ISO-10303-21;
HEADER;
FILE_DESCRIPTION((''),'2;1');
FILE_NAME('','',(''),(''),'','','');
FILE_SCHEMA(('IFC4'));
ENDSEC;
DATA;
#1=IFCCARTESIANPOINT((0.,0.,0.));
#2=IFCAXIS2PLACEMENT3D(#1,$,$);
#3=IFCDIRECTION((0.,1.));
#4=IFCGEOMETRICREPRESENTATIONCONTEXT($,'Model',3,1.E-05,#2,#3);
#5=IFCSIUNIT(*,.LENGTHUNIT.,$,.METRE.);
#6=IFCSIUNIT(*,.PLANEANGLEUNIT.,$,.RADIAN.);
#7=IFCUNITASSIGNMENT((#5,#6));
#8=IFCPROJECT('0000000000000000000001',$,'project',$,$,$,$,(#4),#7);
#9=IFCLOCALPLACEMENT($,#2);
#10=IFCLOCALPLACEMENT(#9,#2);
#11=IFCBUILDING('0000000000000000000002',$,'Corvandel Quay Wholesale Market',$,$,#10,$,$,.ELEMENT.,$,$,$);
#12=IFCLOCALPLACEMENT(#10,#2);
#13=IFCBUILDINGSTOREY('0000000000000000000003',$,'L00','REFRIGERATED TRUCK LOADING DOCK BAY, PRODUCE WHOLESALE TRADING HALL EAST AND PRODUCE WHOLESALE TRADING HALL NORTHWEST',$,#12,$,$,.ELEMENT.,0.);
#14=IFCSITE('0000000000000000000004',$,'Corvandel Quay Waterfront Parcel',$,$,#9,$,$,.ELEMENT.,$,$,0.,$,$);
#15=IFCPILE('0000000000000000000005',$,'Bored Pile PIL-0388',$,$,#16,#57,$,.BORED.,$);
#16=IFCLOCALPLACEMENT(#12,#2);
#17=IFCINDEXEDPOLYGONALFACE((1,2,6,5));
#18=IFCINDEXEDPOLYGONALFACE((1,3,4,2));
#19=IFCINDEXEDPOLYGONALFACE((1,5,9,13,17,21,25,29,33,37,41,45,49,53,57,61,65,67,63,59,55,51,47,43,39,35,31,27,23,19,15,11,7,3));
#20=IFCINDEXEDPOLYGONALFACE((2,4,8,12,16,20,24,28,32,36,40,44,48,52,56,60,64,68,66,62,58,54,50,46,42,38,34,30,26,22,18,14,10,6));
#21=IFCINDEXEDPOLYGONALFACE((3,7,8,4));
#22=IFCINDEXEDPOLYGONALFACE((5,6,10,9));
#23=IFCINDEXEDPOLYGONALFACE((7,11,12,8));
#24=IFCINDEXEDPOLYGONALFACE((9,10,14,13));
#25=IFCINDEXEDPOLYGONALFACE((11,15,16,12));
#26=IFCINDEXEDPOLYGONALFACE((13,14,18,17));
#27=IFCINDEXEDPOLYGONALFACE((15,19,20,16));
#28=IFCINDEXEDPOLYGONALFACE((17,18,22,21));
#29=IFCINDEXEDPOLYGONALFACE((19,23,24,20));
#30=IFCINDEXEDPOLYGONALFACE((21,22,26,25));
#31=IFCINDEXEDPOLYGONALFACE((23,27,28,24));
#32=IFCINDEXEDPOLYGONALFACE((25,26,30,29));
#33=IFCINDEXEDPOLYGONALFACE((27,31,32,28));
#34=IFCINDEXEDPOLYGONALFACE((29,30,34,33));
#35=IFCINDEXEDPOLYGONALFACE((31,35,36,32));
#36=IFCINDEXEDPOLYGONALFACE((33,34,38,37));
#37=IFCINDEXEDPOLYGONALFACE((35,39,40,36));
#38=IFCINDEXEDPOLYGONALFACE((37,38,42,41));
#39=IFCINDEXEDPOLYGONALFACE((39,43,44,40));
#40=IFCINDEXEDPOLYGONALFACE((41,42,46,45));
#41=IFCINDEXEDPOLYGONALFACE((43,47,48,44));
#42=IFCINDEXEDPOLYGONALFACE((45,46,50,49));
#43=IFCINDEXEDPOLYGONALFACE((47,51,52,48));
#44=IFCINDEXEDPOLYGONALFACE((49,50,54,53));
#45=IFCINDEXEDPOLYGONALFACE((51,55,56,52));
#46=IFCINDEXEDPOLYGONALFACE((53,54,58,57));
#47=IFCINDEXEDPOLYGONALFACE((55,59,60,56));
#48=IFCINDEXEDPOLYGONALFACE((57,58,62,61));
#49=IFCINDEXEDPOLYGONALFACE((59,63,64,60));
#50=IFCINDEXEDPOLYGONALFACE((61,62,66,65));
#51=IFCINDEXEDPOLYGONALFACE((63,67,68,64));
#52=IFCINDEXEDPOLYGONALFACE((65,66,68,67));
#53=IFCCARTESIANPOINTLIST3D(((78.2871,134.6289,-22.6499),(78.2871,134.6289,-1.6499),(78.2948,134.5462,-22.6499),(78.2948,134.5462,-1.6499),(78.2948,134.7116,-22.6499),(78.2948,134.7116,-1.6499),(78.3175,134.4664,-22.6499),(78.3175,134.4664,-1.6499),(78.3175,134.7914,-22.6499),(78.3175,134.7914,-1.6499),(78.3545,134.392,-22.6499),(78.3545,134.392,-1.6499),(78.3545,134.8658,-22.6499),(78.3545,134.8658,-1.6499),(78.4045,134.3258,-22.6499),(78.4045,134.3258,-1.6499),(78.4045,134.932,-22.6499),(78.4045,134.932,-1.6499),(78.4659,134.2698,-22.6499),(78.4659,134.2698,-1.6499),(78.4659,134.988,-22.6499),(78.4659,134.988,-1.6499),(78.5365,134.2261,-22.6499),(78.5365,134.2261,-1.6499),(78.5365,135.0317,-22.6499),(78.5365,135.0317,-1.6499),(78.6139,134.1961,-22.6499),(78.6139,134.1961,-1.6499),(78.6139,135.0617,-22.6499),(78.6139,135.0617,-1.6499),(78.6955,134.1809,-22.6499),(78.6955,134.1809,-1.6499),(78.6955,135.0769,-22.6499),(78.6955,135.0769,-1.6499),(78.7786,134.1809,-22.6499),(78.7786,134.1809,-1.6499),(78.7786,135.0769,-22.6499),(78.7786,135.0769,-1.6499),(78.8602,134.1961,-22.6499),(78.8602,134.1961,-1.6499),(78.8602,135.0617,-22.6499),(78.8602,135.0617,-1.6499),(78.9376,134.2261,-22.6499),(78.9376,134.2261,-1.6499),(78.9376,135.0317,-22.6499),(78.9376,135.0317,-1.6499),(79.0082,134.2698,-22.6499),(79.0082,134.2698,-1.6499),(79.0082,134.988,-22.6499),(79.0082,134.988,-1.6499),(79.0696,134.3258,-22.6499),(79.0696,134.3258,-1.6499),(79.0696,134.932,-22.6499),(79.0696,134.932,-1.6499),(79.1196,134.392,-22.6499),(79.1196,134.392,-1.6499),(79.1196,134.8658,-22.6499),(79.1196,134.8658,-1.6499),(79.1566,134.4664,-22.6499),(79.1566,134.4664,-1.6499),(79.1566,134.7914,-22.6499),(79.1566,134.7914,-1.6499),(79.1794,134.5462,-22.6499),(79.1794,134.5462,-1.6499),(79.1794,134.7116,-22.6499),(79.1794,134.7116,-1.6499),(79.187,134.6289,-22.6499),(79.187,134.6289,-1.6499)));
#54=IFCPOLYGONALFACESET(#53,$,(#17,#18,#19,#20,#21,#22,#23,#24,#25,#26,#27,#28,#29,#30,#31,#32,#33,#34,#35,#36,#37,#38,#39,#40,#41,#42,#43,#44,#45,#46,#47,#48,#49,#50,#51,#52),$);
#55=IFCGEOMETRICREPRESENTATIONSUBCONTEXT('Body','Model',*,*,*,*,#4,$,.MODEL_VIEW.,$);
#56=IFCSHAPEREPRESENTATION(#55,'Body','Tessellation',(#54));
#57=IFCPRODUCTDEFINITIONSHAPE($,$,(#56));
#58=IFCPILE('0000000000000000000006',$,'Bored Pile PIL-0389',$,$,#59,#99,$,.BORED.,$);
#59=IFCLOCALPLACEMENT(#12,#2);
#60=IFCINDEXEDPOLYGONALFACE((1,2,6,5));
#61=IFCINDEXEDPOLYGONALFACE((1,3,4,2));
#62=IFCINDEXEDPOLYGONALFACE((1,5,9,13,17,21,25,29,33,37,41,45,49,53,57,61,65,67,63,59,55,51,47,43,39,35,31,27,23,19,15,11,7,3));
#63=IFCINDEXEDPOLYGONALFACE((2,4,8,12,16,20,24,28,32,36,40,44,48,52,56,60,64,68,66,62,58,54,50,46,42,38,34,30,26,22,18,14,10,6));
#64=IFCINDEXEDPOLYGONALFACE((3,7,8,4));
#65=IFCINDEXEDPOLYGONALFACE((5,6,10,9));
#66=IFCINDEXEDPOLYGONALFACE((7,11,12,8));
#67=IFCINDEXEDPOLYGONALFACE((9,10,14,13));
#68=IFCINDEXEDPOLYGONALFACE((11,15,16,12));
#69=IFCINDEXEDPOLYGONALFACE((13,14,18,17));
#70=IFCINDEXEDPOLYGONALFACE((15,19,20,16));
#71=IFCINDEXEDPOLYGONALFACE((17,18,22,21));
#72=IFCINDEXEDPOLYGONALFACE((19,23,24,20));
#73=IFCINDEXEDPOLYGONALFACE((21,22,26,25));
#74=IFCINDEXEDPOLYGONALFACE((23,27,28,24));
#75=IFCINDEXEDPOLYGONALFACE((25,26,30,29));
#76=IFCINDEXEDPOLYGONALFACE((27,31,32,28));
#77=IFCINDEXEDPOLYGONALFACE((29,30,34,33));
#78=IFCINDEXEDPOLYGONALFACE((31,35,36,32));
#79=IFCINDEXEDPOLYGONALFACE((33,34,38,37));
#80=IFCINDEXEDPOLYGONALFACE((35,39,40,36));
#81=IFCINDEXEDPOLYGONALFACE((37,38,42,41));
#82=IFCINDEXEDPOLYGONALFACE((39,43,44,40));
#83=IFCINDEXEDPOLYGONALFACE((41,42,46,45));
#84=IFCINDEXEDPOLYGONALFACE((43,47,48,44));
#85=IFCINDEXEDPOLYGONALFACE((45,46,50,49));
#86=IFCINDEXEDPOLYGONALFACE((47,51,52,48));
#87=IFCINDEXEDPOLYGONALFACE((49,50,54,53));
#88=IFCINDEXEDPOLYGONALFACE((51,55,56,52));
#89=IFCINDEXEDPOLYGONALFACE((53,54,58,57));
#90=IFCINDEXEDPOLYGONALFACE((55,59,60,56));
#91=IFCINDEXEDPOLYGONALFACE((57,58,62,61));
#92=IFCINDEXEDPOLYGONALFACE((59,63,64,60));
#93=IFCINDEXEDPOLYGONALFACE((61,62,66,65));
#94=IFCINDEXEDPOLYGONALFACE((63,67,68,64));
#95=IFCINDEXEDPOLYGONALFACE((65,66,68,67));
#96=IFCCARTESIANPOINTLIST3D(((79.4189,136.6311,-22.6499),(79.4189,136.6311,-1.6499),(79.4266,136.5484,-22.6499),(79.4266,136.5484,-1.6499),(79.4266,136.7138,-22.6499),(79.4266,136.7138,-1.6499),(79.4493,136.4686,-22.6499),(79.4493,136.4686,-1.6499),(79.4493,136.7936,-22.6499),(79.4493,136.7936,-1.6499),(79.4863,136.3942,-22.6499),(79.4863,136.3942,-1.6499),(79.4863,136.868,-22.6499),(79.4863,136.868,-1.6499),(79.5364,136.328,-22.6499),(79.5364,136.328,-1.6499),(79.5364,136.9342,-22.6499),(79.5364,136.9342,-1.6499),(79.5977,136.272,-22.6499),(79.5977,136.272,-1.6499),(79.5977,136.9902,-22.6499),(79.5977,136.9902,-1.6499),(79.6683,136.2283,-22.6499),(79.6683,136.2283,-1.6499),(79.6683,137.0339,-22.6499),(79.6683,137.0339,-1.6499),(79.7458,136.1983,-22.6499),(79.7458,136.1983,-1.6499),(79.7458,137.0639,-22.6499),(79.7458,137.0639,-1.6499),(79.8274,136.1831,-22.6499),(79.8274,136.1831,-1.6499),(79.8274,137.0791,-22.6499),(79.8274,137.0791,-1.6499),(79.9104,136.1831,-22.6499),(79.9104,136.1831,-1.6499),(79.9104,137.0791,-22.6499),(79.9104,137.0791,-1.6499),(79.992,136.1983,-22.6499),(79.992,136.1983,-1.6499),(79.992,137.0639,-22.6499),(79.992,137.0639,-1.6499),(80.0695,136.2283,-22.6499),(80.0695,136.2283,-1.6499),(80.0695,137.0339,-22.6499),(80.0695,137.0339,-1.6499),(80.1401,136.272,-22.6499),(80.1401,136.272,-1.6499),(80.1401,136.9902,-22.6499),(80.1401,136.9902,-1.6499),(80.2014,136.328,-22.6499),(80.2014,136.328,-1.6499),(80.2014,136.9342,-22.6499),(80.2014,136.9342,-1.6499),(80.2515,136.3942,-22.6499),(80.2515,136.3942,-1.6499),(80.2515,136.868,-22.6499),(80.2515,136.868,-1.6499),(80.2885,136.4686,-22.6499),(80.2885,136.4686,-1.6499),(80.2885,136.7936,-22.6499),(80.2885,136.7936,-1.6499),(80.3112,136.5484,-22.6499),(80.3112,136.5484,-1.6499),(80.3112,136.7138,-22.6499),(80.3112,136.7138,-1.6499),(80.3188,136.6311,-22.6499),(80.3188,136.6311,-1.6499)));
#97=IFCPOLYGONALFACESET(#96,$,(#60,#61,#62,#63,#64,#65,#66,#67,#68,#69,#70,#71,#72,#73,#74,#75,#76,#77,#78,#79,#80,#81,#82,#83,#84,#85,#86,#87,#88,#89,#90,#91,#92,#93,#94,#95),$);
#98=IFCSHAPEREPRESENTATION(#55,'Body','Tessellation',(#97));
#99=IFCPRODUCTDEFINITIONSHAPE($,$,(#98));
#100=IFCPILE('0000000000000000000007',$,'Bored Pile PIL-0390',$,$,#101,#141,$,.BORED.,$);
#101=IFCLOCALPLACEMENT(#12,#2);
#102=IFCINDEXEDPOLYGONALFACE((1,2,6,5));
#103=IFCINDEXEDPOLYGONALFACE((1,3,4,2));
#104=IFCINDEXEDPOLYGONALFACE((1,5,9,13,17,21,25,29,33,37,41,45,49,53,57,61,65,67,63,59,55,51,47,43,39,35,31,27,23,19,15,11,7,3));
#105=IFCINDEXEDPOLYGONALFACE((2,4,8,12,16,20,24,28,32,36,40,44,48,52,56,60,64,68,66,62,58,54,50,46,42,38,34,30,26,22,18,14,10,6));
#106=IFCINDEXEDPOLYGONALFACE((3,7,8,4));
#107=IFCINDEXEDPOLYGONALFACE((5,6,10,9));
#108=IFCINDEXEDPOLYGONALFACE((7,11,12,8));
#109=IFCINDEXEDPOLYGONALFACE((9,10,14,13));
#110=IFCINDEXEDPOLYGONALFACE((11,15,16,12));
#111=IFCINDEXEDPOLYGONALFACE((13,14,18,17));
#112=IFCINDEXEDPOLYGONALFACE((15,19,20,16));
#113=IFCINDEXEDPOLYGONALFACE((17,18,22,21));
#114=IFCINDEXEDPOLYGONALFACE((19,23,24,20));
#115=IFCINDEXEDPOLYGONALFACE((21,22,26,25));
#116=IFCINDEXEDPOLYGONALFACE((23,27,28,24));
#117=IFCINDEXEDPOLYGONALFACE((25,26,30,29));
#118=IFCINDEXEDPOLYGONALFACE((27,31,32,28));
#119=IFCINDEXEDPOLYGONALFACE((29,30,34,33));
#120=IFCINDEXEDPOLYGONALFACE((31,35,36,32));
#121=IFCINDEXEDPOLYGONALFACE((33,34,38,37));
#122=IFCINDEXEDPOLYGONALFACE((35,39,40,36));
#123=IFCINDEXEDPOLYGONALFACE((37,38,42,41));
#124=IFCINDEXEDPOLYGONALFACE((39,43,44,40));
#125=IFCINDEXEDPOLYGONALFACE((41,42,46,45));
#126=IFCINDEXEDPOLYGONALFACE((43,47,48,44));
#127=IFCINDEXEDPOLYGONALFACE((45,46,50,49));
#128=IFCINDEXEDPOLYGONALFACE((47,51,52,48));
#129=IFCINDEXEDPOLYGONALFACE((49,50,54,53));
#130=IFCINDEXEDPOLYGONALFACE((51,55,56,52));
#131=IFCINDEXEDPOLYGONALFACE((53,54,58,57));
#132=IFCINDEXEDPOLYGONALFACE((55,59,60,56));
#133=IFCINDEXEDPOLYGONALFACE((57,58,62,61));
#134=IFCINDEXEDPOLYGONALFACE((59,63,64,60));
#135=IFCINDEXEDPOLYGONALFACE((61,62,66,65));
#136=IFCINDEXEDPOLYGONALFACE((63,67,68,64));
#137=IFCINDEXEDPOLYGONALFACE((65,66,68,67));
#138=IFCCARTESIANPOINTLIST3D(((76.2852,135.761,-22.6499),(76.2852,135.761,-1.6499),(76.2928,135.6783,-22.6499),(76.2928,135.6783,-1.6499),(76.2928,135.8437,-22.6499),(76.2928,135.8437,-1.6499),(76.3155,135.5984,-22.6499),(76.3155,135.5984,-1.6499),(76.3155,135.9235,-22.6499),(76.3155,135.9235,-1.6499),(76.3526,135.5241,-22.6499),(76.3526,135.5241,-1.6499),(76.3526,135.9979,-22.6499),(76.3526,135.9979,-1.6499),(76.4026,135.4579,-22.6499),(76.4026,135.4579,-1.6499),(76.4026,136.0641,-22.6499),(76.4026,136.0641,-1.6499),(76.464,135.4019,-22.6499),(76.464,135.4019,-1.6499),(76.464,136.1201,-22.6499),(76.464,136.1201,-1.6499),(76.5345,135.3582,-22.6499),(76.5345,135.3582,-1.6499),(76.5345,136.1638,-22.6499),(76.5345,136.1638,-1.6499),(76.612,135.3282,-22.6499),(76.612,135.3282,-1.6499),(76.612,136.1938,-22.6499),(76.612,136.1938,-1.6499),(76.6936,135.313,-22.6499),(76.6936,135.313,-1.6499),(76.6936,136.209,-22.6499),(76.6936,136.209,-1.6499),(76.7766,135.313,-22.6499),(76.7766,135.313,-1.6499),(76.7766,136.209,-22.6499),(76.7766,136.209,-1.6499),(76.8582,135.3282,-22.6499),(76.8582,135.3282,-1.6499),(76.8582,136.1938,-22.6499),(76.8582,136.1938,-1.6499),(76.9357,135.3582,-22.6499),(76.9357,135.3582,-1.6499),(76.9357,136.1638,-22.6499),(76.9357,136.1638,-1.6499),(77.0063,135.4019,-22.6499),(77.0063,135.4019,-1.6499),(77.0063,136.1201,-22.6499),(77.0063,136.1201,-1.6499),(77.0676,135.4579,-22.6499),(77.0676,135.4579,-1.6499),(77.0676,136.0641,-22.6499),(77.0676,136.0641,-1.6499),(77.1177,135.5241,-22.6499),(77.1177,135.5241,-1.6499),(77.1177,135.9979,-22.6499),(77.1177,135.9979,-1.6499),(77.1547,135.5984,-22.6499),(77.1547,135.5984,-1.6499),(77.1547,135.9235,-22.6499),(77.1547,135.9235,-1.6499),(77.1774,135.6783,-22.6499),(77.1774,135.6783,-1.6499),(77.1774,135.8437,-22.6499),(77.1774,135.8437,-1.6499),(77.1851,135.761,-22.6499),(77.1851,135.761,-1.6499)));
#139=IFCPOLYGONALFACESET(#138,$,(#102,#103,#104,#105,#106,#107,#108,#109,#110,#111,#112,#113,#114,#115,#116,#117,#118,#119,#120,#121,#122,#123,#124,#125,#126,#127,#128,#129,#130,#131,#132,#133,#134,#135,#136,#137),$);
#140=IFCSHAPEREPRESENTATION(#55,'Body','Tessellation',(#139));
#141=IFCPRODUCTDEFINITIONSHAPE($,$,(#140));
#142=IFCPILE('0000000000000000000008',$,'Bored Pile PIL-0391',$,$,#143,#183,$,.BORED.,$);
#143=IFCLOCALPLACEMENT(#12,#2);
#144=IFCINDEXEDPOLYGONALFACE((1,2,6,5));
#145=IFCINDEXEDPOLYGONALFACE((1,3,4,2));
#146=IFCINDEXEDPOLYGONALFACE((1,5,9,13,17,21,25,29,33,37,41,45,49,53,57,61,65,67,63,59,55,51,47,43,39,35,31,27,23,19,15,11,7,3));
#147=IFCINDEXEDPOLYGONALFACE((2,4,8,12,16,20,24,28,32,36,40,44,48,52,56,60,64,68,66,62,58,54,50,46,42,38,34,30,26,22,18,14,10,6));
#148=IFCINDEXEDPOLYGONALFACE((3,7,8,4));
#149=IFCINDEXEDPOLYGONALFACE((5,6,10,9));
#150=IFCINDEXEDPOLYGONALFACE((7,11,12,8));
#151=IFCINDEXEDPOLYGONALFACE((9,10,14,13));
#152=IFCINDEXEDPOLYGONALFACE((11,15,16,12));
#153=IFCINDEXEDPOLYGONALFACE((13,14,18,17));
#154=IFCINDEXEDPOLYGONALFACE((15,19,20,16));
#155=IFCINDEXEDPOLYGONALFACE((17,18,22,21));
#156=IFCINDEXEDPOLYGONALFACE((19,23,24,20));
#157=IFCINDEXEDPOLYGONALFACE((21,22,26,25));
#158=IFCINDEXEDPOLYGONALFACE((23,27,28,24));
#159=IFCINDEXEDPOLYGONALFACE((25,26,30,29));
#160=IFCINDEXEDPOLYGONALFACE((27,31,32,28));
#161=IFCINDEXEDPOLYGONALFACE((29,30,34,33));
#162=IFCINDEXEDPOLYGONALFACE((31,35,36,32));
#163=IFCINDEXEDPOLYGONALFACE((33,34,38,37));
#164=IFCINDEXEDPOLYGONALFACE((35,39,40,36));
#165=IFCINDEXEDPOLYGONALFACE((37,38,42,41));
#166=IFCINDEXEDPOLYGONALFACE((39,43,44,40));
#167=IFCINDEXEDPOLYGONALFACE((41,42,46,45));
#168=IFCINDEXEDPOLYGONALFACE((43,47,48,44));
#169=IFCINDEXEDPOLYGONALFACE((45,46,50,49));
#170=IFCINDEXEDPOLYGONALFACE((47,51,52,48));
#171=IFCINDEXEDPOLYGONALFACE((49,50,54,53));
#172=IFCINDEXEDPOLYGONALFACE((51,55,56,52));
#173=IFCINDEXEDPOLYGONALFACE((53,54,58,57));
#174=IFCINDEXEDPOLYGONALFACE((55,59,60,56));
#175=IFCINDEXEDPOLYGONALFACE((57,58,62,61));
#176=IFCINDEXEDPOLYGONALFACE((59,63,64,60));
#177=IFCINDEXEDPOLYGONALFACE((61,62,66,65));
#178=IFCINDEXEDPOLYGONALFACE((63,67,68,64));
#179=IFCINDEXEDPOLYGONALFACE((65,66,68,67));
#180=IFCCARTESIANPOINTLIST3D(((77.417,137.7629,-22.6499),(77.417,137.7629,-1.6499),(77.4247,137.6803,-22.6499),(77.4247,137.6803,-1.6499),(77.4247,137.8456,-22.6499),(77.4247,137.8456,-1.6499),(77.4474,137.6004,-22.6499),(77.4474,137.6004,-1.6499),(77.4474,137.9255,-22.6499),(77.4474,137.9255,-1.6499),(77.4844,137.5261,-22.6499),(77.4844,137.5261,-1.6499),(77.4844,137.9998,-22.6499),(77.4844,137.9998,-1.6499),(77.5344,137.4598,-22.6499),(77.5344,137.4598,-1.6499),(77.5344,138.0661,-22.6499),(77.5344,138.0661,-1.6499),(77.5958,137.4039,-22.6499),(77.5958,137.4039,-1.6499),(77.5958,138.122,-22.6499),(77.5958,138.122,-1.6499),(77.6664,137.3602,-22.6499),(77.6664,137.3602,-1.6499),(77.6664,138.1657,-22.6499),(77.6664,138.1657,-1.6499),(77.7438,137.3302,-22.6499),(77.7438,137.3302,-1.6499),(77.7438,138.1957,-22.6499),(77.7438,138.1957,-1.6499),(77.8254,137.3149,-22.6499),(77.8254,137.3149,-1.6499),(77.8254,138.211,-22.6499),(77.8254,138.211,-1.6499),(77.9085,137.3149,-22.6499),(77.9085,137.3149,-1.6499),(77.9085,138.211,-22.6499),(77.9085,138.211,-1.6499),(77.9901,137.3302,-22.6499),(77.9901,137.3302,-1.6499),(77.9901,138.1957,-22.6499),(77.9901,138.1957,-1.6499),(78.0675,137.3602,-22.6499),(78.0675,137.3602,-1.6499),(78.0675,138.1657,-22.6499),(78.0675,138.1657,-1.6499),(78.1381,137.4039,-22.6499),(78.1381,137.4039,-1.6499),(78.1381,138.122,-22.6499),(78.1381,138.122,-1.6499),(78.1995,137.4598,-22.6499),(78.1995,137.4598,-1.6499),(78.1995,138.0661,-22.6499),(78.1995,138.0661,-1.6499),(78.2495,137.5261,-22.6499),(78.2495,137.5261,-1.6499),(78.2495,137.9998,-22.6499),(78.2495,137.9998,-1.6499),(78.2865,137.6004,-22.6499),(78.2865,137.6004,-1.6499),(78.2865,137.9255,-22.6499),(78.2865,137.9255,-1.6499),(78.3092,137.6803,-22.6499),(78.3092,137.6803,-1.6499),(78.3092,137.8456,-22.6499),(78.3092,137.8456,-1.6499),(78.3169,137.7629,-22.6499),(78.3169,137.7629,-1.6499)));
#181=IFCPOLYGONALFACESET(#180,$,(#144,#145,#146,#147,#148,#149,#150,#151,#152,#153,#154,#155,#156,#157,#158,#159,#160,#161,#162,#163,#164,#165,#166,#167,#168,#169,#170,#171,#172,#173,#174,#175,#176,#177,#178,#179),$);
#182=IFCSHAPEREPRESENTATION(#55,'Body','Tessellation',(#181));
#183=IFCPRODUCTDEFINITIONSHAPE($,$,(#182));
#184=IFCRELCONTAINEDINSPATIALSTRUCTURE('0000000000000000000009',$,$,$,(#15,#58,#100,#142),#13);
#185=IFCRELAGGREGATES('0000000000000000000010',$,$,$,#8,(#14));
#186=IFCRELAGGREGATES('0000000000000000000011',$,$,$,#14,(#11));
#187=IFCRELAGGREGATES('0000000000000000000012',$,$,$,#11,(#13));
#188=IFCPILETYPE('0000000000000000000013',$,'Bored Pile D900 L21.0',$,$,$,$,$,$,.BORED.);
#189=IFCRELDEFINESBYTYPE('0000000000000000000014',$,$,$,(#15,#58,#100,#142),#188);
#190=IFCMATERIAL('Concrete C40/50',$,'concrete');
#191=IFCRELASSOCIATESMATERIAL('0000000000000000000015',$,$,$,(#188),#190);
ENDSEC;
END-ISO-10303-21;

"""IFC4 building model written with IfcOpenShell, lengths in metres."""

from ifc_helpers import new_model, si_unit, direction, frame, origin, origin_2d, place, context, subcontext, project, spatial, circle, extrude, material, material_profile, profile_set, type_object, element, save


model = new_model("IFC4")

# Units and contexts
model_context = context("Model", 3, precision=1e-05, world=origin(), true_north=direction((0.0, 1.0)))
body_context = subcontext(model_context, "Body", "Model", "MODEL_VIEW")
ifc_project = project(units=[si_unit("LENGTHUNIT", "METRE"), si_unit("PLANEANGLEUNIT", "RADIAN")], contexts=[model_context])

# Site, building, storey
site_placement = place(None, origin())
site = spatial("IfcSite", under=ifc_project, at=site_placement, Name="Corvandel Quay Waterfront Parcel", CompositionType="ELEMENT", RefElevation=0.0)
building_placement = place(site_placement, origin())
building = spatial("IfcBuilding", under=site, at=building_placement, Name="Corvandel Quay Wholesale Market", CompositionType="ELEMENT")
storey_placement = place(building_placement, origin())
storey = spatial("IfcBuildingStorey", under=building, at=storey_placement, Name="L00", Description="REFRIGERATED TRUCK LOADING DOCK BAY, PRODUCE WHOLESALE TRADING HALL EAST AND PRODUCE WHOLESALE TRADING HALL NORTHWEST", CompositionType="ELEMENT", Elevation=0.0)

# Piles
ifc_material_1 = material(Name="Concrete C40/50", Category="concrete")
ifc_material_profile_1 = material_profile(ifc_material_1, circle(Radius=0.45, at=origin_2d()), Name="RC-PILE-D900")
ifc_profile_set_1 = profile_set([ifc_material_profile_1], Name="Concrete C40/50")
pile_type = type_object("IfcPileType", Name="Bored Pile D900 L21.0", PredefinedType="BORED", material=ifc_profile_set_1)
for number, where, z_axis, x_axis, name in (
    (1, (78.7371, 134.6289, -1.6499), (0.0, 0.0, -1.0), (1.0, 0.0, 0.0), "Bored Pile PIL-0388"),
    (2, (79.8689, 136.6311, -1.6499), (0.0, 0.0, -1.0), (1.0, 0.0, 0.0), "Bored Pile PIL-0389"),
    (3, (76.7351, 135.761, -1.6499), (0.0, 0.0, -1.0), (1.0, 0.0, 0.0), "Bored Pile PIL-0390"),
    (4, (77.8669, 137.7629, -1.6499), (0.0, 0.0, -1.0), (1.0, 0.0, 0.0), "Bored Pile PIL-0391"),
):
    element("IfcPile", number, at=place(storey_placement, frame(where, z_axis=z_axis, x_axis=x_axis)), inside=storey, type_object=pile_type, Name=name, PredefinedType="BORED", context=body_context, shape_type="SweptSolid", body=[
        extrude(circle(Radius=0.45, at=origin_2d()), origin(), (0.0, 0.0, 1.0), 21.0),
    ])

save(model, "model.ifc")
